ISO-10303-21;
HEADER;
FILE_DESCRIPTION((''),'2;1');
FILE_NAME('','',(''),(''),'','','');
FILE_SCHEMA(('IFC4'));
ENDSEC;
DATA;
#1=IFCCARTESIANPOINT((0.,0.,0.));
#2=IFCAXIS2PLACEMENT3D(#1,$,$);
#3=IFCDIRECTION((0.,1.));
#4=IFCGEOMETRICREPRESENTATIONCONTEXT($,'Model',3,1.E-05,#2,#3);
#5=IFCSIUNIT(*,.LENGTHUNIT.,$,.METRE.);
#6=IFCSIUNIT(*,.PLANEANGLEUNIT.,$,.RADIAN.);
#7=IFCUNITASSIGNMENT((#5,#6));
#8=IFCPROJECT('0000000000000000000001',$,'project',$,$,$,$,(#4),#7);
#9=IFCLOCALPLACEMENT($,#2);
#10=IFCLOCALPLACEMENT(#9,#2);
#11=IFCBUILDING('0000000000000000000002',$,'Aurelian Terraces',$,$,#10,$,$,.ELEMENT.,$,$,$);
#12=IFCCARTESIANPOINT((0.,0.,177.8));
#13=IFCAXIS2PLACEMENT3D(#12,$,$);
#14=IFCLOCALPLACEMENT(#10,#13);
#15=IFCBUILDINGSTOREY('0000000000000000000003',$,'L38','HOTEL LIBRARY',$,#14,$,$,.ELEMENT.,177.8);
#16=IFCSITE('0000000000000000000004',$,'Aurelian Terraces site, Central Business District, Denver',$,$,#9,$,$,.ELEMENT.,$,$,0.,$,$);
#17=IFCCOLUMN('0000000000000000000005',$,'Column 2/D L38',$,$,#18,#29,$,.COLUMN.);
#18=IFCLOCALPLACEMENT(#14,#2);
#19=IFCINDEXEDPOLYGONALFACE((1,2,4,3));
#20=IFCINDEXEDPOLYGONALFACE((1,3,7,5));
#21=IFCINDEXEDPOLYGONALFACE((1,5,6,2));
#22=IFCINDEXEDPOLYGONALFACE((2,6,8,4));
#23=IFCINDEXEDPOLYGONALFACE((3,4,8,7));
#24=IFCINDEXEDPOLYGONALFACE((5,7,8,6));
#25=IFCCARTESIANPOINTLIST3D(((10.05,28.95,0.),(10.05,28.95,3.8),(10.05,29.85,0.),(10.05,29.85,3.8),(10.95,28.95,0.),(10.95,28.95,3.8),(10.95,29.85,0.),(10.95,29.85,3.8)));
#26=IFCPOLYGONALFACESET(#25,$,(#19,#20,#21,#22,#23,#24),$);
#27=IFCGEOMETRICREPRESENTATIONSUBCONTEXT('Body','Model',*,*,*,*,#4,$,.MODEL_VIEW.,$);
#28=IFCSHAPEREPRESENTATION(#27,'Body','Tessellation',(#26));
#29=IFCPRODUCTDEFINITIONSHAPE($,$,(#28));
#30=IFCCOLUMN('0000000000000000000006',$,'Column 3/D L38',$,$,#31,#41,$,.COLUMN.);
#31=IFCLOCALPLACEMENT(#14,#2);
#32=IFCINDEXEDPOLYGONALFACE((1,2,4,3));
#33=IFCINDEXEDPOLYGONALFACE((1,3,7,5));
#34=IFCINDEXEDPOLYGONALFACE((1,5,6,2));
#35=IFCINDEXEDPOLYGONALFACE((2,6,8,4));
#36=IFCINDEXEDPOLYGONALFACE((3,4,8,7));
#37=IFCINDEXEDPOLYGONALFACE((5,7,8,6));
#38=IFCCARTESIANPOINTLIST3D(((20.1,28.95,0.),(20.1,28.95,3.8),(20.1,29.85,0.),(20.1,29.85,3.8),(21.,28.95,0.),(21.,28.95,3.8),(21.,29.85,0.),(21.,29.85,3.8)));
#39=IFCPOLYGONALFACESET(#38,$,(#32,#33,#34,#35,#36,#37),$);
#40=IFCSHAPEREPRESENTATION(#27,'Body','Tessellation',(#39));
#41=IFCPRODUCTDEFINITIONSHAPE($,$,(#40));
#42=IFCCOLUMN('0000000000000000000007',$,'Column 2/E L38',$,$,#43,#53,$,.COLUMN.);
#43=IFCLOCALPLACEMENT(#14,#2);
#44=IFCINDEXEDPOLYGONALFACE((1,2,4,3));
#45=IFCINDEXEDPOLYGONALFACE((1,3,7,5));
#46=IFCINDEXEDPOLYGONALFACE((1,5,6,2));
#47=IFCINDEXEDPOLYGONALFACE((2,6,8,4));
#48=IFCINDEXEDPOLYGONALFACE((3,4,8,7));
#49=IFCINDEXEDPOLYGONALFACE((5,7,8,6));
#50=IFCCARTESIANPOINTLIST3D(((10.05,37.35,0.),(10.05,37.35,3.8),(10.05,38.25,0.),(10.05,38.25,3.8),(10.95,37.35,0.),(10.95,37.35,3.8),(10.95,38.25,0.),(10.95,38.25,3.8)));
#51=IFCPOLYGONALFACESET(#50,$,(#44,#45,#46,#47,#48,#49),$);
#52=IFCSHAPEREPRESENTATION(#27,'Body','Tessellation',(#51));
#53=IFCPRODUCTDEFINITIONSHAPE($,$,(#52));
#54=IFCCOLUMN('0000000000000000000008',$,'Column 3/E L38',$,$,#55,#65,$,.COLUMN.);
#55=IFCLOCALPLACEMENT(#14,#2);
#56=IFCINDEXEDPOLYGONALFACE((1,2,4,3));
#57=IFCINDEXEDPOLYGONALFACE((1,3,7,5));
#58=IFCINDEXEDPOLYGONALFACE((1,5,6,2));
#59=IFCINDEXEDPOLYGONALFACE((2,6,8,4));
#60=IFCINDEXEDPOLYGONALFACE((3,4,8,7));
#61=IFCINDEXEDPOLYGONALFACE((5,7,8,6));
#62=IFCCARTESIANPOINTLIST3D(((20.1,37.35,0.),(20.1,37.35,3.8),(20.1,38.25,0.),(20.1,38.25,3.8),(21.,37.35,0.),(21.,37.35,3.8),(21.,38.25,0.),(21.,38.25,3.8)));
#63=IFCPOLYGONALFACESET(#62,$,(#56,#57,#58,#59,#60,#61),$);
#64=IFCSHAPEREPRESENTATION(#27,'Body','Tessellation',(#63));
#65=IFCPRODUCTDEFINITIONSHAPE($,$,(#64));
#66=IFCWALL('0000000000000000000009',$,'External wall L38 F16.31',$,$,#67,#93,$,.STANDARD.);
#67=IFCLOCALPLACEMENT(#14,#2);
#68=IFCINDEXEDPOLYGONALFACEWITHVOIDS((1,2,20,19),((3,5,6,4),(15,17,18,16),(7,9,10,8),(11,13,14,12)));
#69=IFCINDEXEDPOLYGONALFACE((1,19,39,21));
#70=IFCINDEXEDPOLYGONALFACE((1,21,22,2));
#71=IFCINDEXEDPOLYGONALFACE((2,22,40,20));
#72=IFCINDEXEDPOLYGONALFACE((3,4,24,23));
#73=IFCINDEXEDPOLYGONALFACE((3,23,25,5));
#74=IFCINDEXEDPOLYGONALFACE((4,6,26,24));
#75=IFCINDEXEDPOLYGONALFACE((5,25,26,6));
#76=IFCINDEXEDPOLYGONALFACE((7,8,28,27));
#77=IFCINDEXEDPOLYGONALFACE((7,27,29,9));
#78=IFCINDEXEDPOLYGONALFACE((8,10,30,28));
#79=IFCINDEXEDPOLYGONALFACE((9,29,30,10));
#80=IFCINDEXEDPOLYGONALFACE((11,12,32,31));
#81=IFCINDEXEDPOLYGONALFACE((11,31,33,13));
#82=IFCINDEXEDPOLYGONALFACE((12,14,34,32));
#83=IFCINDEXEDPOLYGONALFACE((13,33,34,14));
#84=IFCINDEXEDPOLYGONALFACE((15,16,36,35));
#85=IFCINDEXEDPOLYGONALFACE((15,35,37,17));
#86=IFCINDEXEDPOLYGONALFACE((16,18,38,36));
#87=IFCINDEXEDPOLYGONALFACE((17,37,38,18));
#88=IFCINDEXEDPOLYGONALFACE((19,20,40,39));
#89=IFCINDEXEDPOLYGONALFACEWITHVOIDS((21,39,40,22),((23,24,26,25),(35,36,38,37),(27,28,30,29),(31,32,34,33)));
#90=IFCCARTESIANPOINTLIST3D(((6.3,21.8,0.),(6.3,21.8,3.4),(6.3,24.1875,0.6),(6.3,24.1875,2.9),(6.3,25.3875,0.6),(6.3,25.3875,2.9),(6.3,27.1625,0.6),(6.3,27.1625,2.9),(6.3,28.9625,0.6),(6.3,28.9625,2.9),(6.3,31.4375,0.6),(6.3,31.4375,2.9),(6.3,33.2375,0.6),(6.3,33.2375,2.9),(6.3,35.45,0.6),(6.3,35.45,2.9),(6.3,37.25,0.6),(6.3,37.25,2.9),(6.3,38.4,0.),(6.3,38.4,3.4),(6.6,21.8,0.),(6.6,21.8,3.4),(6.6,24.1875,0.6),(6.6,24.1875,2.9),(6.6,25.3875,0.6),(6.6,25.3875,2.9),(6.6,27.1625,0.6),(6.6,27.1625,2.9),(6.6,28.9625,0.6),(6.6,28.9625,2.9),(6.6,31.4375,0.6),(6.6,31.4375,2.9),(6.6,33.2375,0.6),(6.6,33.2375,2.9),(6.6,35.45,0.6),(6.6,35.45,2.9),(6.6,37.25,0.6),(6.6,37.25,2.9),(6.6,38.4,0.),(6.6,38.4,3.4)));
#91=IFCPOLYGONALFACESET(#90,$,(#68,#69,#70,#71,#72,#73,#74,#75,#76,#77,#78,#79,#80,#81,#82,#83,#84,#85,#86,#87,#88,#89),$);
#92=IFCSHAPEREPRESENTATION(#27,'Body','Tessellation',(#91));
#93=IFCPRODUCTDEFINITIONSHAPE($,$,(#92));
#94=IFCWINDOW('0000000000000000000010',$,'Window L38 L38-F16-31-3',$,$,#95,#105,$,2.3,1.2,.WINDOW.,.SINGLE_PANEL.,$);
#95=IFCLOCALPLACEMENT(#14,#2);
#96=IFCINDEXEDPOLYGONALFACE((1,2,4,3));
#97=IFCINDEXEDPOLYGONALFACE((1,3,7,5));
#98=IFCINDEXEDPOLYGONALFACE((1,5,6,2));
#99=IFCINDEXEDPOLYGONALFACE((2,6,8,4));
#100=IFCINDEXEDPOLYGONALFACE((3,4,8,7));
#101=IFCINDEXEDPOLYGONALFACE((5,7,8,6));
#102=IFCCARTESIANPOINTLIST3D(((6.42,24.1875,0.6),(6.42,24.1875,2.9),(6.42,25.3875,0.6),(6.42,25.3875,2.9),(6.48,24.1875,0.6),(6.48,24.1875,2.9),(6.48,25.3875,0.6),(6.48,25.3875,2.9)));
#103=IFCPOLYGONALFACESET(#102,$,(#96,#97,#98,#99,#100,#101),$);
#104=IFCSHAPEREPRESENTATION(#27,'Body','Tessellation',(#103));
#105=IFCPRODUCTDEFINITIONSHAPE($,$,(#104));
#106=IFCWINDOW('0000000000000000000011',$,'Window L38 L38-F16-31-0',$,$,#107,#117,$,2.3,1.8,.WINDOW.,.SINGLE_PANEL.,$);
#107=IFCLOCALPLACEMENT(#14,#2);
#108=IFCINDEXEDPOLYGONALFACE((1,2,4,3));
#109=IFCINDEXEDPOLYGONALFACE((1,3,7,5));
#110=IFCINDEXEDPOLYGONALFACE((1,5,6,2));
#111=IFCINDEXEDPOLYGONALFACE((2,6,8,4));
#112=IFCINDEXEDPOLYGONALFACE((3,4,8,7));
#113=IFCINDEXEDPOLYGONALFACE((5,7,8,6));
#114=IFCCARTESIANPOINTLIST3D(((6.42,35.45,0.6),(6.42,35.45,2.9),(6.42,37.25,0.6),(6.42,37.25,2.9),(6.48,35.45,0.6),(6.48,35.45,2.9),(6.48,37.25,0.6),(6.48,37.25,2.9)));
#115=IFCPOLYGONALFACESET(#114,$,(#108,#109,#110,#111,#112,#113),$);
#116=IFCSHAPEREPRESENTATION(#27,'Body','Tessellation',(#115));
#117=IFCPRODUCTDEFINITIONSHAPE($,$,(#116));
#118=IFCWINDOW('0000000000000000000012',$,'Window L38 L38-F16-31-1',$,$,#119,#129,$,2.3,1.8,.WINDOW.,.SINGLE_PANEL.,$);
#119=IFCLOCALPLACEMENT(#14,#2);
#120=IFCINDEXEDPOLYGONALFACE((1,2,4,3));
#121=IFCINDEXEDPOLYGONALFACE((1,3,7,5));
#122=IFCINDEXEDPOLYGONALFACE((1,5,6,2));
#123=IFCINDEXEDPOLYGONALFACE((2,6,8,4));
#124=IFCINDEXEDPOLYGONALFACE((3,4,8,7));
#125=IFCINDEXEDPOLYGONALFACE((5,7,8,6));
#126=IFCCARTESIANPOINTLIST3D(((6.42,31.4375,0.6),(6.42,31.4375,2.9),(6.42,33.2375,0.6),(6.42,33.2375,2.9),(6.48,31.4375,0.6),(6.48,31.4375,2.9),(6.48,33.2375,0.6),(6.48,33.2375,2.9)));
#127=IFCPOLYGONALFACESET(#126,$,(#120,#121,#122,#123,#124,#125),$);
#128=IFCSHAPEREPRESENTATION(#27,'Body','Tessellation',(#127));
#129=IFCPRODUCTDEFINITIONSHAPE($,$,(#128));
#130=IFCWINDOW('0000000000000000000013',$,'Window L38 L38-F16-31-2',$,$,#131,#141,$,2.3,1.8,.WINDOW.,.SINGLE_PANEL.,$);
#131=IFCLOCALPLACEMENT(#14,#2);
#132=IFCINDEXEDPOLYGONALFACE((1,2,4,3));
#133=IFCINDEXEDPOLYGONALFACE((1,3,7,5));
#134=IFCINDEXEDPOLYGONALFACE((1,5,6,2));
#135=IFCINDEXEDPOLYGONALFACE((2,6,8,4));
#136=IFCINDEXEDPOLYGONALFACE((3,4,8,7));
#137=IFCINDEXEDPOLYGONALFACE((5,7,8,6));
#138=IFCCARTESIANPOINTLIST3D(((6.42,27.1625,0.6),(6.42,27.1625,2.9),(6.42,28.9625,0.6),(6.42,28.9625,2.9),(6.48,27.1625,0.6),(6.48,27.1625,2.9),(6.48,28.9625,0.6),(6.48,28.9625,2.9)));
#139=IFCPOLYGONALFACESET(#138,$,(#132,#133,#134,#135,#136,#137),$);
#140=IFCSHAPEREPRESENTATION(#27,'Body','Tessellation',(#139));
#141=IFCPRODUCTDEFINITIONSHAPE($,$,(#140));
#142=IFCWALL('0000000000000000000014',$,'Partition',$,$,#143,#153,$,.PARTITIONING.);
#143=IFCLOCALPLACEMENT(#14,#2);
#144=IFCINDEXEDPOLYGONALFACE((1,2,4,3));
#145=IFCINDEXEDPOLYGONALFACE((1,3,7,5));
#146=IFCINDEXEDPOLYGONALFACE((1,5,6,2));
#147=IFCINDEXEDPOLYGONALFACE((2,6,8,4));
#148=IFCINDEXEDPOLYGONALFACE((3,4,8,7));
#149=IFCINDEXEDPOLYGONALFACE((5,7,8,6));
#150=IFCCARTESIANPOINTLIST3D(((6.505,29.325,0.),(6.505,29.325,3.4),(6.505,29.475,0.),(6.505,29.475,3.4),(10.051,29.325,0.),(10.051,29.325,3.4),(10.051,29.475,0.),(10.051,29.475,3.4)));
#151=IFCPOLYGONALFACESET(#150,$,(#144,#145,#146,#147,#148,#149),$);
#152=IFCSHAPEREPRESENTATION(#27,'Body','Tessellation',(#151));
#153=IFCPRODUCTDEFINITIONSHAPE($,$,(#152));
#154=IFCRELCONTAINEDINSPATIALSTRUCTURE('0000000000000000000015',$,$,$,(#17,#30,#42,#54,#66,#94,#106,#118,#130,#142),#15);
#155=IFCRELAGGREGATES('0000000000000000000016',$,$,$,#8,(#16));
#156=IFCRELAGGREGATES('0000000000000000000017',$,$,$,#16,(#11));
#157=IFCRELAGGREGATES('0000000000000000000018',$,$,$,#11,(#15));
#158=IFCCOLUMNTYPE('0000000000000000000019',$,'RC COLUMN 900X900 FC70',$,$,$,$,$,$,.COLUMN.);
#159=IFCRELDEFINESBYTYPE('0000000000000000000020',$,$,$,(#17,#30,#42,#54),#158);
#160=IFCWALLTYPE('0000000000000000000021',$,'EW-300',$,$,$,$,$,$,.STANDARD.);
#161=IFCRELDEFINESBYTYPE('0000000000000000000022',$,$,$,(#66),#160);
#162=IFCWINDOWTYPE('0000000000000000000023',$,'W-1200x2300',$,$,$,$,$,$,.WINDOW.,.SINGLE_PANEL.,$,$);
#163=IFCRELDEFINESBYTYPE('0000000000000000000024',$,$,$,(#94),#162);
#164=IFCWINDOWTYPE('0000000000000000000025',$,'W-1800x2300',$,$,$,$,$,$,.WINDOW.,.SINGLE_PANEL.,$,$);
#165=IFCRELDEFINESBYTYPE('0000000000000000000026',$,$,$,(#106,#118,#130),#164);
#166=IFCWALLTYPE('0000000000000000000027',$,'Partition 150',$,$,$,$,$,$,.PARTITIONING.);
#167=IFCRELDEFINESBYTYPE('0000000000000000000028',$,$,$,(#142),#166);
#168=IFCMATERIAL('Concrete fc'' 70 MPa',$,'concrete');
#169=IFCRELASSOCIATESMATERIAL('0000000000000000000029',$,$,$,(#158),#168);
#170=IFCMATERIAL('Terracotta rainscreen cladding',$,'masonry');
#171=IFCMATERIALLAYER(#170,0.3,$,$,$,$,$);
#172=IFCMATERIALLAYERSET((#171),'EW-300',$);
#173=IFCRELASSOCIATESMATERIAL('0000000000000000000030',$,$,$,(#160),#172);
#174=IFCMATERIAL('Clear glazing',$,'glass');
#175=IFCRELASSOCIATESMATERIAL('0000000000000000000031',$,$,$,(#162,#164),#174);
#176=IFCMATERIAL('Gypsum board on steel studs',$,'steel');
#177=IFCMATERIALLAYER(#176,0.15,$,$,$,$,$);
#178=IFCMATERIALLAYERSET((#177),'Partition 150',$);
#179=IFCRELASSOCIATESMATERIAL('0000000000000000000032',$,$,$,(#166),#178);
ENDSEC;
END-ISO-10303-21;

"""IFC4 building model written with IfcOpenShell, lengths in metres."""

from ifc_helpers import new_model, si_unit, direction, frame, frame_2d, origin, origin_2d, place, context, subcontext, project, spatial, rectangle, extrude, source, transform, mapped, material, layer, layer_set, material_profile, profile_set, type_object, element, fill, save


model = new_model("IFC4")

# Units and contexts
model_context = context("Model", 3, precision=1e-05, world=origin(), true_north=direction((0.0, 1.0)))
body_context = subcontext(model_context, "Body", "Model", "MODEL_VIEW")
ifc_project = project(units=[si_unit("LENGTHUNIT", "METRE"), si_unit("PLANEANGLEUNIT", "RADIAN")], contexts=[model_context])

# Site, building, storey
site_placement = place(None, origin())
site = spatial("IfcSite", under=ifc_project, at=site_placement, Name="Aurelian Terraces site, Central Business District, Denver", CompositionType="ELEMENT", RefElevation=0.0)
building_placement = place(site_placement, origin())
building = spatial("IfcBuilding", under=site, at=building_placement, Name="Aurelian Terraces", CompositionType="ELEMENT")
storey_placement = place(building_placement, frame((0.0, 0.0, 177.8)))
storey = spatial("IfcBuildingStorey", under=building, at=storey_placement, Name="L38", Description="HOTEL LIBRARY", CompositionType="ELEMENT", Elevation=177.8)

# Columns
ifc_material_1 = material(Name="Concrete fc' 70 MPa", Category="concrete")
ifc_material_profile = material_profile(ifc_material_1, rectangle(XDim=0.9, YDim=0.9, at=origin_2d()))
ifc_profile_set = profile_set([ifc_material_profile], Name="Concrete fc' 70 MPa")
column_type = type_object("IfcColumnType", Name="RC COLUMN 900X900 FC70", PredefinedType="COLUMN", material=ifc_profile_set)
shared_shape_1 = source(origin(), body_context, "Body", "SweptSolid", [
    extrude(rectangle(XDim=0.9, YDim=0.9, at=origin_2d()), origin(), (0.0, 0.0, 1.0), 3.8),
])
for number, where, z_axis, x_axis, name in (
    (1, (10.5, 29.4, 0.0), (0.0, 0.0, 1.0), (1.0, 0.0, 0.0), "Column 2/D L38"),
    (2, (20.55, 29.4, 0.0), (0.0, 0.0, 1.0), (1.0, 0.0, 0.0), "Column 3/D L38"),
    (3, (10.5, 37.8, 0.0), (0.0, 0.0, 1.0), (1.0, 0.0, 0.0), "Column 2/E L38"),
    (4, (20.55, 37.8, 0.0), (0.0, 0.0, 1.0), (1.0, 0.0, 0.0), "Column 3/E L38"),
):
    element("IfcColumn", number, at=place(storey_placement, frame(where, z_axis=z_axis, x_axis=x_axis)), inside=storey, type_object=column_type, Name=name, PredefinedType="COLUMN", context=body_context, shape_type="MappedRepresentation", body=[
        mapped(shared_shape_1, transform((0.0, 0.0, 0.0), scale=1.0)),
    ])

# Wall, openings, windows
ifc_material_2 = material(Name="Terracotta rainscreen cladding", Category="masonry")
ifc_layer_1 = layer(ifc_material_2, 0.3)
ifc_layer_set_1 = layer_set([ifc_layer_1], Name="EW-300")
wall_type_1 = type_object("IfcWallType", Name="EW-300", PredefinedType="STANDARD", material=ifc_layer_set_1)
wall_1_placement = place(storey_placement, frame((6.45, 38.4, 0.0), z_axis=(0.0, 0.0, 1.0), x_axis=(0.0, -1.0, 0.0)))
wall_1 = element("IfcWall", 5, at=wall_1_placement, inside=storey, type_object=wall_type_1, Name="External wall L38 F16.31", PredefinedType="STANDARD", context=body_context, shape_type="SweptSolid", body=[
    extrude(rectangle(XDim=16.6, YDim=0.3, at=frame_2d((8.3, 0.0))), origin(), (0.0, 0.0, 1.0), 3.4),
])
shared_shape_2 = source(origin(), body_context, "Body", "SweptSolid", [
    extrude(rectangle(XDim=1.8, YDim=2.3, at=frame_2d((0.9, 1.15))), frame((0.0, 0.16, 0.0), z_axis=(0.0, -1.0, 0.0), x_axis=(1.0, 0.0, 0.0)), (0.0, 0.0, 1.0), 0.32),
])
opening_1_placement = place(wall_1_placement, frame((1.15, 0.0, 0.6)))
opening_1 = element("IfcOpeningElement", 6, at=opening_1_placement, cuts=wall_1, PredefinedType="OPENING", context=body_context, shape_type="MappedRepresentation", body=[
    mapped(shared_shape_2, transform((0.0, 0.0, 0.0), scale=1.0)),
])
opening_2_placement = place(wall_1_placement, frame((5.1625, 0.0, 0.6)))
opening_2 = element("IfcOpeningElement", 7, at=opening_2_placement, cuts=wall_1, PredefinedType="OPENING", context=body_context, shape_type="MappedRepresentation", body=[
    mapped(shared_shape_2, transform((0.0, 0.0, 0.0), scale=1.0)),
])
opening_3_placement = place(wall_1_placement, frame((9.4375, 0.0, 0.6)))
opening_3 = element("IfcOpeningElement", 8, at=opening_3_placement, cuts=wall_1, PredefinedType="OPENING", context=body_context, shape_type="MappedRepresentation", body=[
    mapped(shared_shape_2, transform((0.0, 0.0, 0.0), scale=1.0)),
])
shared_shape_3 = source(origin(), body_context, "Body", "SweptSolid", [
    extrude(rectangle(XDim=1.2, YDim=2.3, at=frame_2d((0.6, 1.15))), frame((0.0, 0.16, 0.0), z_axis=(0.0, -1.0, 0.0), x_axis=(1.0, 0.0, 0.0)), (0.0, 0.0, 1.0), 0.32),
])
opening_4_placement = place(wall_1_placement, frame((13.0125, 0.0, 0.6)))
opening_4 = element("IfcOpeningElement", 9, at=opening_4_placement, cuts=wall_1, PredefinedType="OPENING", context=body_context, shape_type="MappedRepresentation", body=[
    mapped(shared_shape_3, transform((0.0, 0.0, 0.0), scale=1.0)),
])
ifc_material_3 = material(Name="Clear glazing", Category="glass")
window_type_1 = type_object("IfcWindowType", Name="W-1200x2300", PartitioningType="SINGLE_PANEL", PredefinedType="WINDOW", material=ifc_material_3)
shared_shape_4 = source(origin(), body_context, "Body", "SweptSolid", [
    extrude(rectangle(XDim=1.2, YDim=2.3, at=frame_2d((0.6, 1.15))), frame((0.0, 0.03, 0.0), z_axis=(0.0, -1.0, 0.0), x_axis=(1.0, 0.0, 0.0)), (0.0, 0.0, 1.0), 0.06),
])
window_1_placement = place(opening_4_placement, origin())
window_1 = element("IfcWindow", 10, at=window_1_placement, inside=storey, type_object=window_type_1, Name="Window L38 L38-F16-31-3", OverallHeight=2.3, OverallWidth=1.2, PartitioningType="SINGLE_PANEL", PredefinedType="WINDOW", context=body_context, shape_type="MappedRepresentation", body=[
    mapped(shared_shape_4, transform((0.0, 0.0, 0.0), scale=1.0)),
])
fill(opening_4, window_1)
window_type_2 = type_object("IfcWindowType", Name="W-1800x2300", PartitioningType="SINGLE_PANEL", PredefinedType="WINDOW", material=ifc_material_3)
shared_shape_5 = source(origin(), body_context, "Body", "SweptSolid", [
    extrude(rectangle(XDim=1.8, YDim=2.3, at=frame_2d((0.9, 1.15))), frame((0.0, 0.03, 0.0), z_axis=(0.0, -1.0, 0.0), x_axis=(1.0, 0.0, 0.0)), (0.0, 0.0, 1.0), 0.06),
])
window_2_placement = place(opening_1_placement, origin())
window_2 = element("IfcWindow", 11, at=window_2_placement, inside=storey, type_object=window_type_2, Name="Window L38 L38-F16-31-0", OverallHeight=2.3, OverallWidth=1.8, PartitioningType="SINGLE_PANEL", PredefinedType="WINDOW", context=body_context, shape_type="MappedRepresentation", body=[
    mapped(shared_shape_5, transform((0.0, 0.0, 0.0), scale=1.0)),
])
fill(opening_1, window_2)
window_3_placement = place(opening_2_placement, origin())
window_3 = element("IfcWindow", 12, at=window_3_placement, inside=storey, type_object=window_type_2, Name="Window L38 L38-F16-31-1", OverallHeight=2.3, OverallWidth=1.8, PartitioningType="SINGLE_PANEL", PredefinedType="WINDOW", context=body_context, shape_type="MappedRepresentation", body=[
    mapped(shared_shape_5, transform((0.0, 0.0, 0.0), scale=1.0)),
])
fill(opening_2, window_3)
window_4_placement = place(opening_3_placement, origin())
window_4 = element("IfcWindow", 13, at=window_4_placement, inside=storey, type_object=window_type_2, Name="Window L38 L38-F16-31-2", OverallHeight=2.3, OverallWidth=1.8, PartitioningType="SINGLE_PANEL", PredefinedType="WINDOW", context=body_context, shape_type="MappedRepresentation", body=[
    mapped(shared_shape_5, transform((0.0, 0.0, 0.0), scale=1.0)),
])
fill(opening_3, window_4)

# Wall
ifc_material_4 = material(Name="Gypsum board on steel studs", Category="steel")
ifc_layer_2 = layer(ifc_material_4, 0.15)
ifc_layer_set_2 = layer_set([ifc_layer_2], Name="Partition 150")
wall_type_2 = type_object("IfcWallType", Name="Partition 150", PredefinedType="PARTITIONING", material=ifc_layer_set_2)
wall_2_placement = place(storey_placement, frame((10.051, 29.4, 0.0), z_axis=(0.0, 0.0, 1.0), x_axis=(-1.0, 0.0, 0.0)))
element("IfcWall", 14, at=wall_2_placement, inside=storey, type_object=wall_type_2, Name="Partition", PredefinedType="PARTITIONING", context=body_context, shape_type="SweptSolid", body=[
    extrude(rectangle(XDim=3.546, YDim=0.15, at=frame_2d((1.773, 0.0))), origin(), (0.0, 0.0, 1.0), 3.4),
])

save(model, "model.ifc")
